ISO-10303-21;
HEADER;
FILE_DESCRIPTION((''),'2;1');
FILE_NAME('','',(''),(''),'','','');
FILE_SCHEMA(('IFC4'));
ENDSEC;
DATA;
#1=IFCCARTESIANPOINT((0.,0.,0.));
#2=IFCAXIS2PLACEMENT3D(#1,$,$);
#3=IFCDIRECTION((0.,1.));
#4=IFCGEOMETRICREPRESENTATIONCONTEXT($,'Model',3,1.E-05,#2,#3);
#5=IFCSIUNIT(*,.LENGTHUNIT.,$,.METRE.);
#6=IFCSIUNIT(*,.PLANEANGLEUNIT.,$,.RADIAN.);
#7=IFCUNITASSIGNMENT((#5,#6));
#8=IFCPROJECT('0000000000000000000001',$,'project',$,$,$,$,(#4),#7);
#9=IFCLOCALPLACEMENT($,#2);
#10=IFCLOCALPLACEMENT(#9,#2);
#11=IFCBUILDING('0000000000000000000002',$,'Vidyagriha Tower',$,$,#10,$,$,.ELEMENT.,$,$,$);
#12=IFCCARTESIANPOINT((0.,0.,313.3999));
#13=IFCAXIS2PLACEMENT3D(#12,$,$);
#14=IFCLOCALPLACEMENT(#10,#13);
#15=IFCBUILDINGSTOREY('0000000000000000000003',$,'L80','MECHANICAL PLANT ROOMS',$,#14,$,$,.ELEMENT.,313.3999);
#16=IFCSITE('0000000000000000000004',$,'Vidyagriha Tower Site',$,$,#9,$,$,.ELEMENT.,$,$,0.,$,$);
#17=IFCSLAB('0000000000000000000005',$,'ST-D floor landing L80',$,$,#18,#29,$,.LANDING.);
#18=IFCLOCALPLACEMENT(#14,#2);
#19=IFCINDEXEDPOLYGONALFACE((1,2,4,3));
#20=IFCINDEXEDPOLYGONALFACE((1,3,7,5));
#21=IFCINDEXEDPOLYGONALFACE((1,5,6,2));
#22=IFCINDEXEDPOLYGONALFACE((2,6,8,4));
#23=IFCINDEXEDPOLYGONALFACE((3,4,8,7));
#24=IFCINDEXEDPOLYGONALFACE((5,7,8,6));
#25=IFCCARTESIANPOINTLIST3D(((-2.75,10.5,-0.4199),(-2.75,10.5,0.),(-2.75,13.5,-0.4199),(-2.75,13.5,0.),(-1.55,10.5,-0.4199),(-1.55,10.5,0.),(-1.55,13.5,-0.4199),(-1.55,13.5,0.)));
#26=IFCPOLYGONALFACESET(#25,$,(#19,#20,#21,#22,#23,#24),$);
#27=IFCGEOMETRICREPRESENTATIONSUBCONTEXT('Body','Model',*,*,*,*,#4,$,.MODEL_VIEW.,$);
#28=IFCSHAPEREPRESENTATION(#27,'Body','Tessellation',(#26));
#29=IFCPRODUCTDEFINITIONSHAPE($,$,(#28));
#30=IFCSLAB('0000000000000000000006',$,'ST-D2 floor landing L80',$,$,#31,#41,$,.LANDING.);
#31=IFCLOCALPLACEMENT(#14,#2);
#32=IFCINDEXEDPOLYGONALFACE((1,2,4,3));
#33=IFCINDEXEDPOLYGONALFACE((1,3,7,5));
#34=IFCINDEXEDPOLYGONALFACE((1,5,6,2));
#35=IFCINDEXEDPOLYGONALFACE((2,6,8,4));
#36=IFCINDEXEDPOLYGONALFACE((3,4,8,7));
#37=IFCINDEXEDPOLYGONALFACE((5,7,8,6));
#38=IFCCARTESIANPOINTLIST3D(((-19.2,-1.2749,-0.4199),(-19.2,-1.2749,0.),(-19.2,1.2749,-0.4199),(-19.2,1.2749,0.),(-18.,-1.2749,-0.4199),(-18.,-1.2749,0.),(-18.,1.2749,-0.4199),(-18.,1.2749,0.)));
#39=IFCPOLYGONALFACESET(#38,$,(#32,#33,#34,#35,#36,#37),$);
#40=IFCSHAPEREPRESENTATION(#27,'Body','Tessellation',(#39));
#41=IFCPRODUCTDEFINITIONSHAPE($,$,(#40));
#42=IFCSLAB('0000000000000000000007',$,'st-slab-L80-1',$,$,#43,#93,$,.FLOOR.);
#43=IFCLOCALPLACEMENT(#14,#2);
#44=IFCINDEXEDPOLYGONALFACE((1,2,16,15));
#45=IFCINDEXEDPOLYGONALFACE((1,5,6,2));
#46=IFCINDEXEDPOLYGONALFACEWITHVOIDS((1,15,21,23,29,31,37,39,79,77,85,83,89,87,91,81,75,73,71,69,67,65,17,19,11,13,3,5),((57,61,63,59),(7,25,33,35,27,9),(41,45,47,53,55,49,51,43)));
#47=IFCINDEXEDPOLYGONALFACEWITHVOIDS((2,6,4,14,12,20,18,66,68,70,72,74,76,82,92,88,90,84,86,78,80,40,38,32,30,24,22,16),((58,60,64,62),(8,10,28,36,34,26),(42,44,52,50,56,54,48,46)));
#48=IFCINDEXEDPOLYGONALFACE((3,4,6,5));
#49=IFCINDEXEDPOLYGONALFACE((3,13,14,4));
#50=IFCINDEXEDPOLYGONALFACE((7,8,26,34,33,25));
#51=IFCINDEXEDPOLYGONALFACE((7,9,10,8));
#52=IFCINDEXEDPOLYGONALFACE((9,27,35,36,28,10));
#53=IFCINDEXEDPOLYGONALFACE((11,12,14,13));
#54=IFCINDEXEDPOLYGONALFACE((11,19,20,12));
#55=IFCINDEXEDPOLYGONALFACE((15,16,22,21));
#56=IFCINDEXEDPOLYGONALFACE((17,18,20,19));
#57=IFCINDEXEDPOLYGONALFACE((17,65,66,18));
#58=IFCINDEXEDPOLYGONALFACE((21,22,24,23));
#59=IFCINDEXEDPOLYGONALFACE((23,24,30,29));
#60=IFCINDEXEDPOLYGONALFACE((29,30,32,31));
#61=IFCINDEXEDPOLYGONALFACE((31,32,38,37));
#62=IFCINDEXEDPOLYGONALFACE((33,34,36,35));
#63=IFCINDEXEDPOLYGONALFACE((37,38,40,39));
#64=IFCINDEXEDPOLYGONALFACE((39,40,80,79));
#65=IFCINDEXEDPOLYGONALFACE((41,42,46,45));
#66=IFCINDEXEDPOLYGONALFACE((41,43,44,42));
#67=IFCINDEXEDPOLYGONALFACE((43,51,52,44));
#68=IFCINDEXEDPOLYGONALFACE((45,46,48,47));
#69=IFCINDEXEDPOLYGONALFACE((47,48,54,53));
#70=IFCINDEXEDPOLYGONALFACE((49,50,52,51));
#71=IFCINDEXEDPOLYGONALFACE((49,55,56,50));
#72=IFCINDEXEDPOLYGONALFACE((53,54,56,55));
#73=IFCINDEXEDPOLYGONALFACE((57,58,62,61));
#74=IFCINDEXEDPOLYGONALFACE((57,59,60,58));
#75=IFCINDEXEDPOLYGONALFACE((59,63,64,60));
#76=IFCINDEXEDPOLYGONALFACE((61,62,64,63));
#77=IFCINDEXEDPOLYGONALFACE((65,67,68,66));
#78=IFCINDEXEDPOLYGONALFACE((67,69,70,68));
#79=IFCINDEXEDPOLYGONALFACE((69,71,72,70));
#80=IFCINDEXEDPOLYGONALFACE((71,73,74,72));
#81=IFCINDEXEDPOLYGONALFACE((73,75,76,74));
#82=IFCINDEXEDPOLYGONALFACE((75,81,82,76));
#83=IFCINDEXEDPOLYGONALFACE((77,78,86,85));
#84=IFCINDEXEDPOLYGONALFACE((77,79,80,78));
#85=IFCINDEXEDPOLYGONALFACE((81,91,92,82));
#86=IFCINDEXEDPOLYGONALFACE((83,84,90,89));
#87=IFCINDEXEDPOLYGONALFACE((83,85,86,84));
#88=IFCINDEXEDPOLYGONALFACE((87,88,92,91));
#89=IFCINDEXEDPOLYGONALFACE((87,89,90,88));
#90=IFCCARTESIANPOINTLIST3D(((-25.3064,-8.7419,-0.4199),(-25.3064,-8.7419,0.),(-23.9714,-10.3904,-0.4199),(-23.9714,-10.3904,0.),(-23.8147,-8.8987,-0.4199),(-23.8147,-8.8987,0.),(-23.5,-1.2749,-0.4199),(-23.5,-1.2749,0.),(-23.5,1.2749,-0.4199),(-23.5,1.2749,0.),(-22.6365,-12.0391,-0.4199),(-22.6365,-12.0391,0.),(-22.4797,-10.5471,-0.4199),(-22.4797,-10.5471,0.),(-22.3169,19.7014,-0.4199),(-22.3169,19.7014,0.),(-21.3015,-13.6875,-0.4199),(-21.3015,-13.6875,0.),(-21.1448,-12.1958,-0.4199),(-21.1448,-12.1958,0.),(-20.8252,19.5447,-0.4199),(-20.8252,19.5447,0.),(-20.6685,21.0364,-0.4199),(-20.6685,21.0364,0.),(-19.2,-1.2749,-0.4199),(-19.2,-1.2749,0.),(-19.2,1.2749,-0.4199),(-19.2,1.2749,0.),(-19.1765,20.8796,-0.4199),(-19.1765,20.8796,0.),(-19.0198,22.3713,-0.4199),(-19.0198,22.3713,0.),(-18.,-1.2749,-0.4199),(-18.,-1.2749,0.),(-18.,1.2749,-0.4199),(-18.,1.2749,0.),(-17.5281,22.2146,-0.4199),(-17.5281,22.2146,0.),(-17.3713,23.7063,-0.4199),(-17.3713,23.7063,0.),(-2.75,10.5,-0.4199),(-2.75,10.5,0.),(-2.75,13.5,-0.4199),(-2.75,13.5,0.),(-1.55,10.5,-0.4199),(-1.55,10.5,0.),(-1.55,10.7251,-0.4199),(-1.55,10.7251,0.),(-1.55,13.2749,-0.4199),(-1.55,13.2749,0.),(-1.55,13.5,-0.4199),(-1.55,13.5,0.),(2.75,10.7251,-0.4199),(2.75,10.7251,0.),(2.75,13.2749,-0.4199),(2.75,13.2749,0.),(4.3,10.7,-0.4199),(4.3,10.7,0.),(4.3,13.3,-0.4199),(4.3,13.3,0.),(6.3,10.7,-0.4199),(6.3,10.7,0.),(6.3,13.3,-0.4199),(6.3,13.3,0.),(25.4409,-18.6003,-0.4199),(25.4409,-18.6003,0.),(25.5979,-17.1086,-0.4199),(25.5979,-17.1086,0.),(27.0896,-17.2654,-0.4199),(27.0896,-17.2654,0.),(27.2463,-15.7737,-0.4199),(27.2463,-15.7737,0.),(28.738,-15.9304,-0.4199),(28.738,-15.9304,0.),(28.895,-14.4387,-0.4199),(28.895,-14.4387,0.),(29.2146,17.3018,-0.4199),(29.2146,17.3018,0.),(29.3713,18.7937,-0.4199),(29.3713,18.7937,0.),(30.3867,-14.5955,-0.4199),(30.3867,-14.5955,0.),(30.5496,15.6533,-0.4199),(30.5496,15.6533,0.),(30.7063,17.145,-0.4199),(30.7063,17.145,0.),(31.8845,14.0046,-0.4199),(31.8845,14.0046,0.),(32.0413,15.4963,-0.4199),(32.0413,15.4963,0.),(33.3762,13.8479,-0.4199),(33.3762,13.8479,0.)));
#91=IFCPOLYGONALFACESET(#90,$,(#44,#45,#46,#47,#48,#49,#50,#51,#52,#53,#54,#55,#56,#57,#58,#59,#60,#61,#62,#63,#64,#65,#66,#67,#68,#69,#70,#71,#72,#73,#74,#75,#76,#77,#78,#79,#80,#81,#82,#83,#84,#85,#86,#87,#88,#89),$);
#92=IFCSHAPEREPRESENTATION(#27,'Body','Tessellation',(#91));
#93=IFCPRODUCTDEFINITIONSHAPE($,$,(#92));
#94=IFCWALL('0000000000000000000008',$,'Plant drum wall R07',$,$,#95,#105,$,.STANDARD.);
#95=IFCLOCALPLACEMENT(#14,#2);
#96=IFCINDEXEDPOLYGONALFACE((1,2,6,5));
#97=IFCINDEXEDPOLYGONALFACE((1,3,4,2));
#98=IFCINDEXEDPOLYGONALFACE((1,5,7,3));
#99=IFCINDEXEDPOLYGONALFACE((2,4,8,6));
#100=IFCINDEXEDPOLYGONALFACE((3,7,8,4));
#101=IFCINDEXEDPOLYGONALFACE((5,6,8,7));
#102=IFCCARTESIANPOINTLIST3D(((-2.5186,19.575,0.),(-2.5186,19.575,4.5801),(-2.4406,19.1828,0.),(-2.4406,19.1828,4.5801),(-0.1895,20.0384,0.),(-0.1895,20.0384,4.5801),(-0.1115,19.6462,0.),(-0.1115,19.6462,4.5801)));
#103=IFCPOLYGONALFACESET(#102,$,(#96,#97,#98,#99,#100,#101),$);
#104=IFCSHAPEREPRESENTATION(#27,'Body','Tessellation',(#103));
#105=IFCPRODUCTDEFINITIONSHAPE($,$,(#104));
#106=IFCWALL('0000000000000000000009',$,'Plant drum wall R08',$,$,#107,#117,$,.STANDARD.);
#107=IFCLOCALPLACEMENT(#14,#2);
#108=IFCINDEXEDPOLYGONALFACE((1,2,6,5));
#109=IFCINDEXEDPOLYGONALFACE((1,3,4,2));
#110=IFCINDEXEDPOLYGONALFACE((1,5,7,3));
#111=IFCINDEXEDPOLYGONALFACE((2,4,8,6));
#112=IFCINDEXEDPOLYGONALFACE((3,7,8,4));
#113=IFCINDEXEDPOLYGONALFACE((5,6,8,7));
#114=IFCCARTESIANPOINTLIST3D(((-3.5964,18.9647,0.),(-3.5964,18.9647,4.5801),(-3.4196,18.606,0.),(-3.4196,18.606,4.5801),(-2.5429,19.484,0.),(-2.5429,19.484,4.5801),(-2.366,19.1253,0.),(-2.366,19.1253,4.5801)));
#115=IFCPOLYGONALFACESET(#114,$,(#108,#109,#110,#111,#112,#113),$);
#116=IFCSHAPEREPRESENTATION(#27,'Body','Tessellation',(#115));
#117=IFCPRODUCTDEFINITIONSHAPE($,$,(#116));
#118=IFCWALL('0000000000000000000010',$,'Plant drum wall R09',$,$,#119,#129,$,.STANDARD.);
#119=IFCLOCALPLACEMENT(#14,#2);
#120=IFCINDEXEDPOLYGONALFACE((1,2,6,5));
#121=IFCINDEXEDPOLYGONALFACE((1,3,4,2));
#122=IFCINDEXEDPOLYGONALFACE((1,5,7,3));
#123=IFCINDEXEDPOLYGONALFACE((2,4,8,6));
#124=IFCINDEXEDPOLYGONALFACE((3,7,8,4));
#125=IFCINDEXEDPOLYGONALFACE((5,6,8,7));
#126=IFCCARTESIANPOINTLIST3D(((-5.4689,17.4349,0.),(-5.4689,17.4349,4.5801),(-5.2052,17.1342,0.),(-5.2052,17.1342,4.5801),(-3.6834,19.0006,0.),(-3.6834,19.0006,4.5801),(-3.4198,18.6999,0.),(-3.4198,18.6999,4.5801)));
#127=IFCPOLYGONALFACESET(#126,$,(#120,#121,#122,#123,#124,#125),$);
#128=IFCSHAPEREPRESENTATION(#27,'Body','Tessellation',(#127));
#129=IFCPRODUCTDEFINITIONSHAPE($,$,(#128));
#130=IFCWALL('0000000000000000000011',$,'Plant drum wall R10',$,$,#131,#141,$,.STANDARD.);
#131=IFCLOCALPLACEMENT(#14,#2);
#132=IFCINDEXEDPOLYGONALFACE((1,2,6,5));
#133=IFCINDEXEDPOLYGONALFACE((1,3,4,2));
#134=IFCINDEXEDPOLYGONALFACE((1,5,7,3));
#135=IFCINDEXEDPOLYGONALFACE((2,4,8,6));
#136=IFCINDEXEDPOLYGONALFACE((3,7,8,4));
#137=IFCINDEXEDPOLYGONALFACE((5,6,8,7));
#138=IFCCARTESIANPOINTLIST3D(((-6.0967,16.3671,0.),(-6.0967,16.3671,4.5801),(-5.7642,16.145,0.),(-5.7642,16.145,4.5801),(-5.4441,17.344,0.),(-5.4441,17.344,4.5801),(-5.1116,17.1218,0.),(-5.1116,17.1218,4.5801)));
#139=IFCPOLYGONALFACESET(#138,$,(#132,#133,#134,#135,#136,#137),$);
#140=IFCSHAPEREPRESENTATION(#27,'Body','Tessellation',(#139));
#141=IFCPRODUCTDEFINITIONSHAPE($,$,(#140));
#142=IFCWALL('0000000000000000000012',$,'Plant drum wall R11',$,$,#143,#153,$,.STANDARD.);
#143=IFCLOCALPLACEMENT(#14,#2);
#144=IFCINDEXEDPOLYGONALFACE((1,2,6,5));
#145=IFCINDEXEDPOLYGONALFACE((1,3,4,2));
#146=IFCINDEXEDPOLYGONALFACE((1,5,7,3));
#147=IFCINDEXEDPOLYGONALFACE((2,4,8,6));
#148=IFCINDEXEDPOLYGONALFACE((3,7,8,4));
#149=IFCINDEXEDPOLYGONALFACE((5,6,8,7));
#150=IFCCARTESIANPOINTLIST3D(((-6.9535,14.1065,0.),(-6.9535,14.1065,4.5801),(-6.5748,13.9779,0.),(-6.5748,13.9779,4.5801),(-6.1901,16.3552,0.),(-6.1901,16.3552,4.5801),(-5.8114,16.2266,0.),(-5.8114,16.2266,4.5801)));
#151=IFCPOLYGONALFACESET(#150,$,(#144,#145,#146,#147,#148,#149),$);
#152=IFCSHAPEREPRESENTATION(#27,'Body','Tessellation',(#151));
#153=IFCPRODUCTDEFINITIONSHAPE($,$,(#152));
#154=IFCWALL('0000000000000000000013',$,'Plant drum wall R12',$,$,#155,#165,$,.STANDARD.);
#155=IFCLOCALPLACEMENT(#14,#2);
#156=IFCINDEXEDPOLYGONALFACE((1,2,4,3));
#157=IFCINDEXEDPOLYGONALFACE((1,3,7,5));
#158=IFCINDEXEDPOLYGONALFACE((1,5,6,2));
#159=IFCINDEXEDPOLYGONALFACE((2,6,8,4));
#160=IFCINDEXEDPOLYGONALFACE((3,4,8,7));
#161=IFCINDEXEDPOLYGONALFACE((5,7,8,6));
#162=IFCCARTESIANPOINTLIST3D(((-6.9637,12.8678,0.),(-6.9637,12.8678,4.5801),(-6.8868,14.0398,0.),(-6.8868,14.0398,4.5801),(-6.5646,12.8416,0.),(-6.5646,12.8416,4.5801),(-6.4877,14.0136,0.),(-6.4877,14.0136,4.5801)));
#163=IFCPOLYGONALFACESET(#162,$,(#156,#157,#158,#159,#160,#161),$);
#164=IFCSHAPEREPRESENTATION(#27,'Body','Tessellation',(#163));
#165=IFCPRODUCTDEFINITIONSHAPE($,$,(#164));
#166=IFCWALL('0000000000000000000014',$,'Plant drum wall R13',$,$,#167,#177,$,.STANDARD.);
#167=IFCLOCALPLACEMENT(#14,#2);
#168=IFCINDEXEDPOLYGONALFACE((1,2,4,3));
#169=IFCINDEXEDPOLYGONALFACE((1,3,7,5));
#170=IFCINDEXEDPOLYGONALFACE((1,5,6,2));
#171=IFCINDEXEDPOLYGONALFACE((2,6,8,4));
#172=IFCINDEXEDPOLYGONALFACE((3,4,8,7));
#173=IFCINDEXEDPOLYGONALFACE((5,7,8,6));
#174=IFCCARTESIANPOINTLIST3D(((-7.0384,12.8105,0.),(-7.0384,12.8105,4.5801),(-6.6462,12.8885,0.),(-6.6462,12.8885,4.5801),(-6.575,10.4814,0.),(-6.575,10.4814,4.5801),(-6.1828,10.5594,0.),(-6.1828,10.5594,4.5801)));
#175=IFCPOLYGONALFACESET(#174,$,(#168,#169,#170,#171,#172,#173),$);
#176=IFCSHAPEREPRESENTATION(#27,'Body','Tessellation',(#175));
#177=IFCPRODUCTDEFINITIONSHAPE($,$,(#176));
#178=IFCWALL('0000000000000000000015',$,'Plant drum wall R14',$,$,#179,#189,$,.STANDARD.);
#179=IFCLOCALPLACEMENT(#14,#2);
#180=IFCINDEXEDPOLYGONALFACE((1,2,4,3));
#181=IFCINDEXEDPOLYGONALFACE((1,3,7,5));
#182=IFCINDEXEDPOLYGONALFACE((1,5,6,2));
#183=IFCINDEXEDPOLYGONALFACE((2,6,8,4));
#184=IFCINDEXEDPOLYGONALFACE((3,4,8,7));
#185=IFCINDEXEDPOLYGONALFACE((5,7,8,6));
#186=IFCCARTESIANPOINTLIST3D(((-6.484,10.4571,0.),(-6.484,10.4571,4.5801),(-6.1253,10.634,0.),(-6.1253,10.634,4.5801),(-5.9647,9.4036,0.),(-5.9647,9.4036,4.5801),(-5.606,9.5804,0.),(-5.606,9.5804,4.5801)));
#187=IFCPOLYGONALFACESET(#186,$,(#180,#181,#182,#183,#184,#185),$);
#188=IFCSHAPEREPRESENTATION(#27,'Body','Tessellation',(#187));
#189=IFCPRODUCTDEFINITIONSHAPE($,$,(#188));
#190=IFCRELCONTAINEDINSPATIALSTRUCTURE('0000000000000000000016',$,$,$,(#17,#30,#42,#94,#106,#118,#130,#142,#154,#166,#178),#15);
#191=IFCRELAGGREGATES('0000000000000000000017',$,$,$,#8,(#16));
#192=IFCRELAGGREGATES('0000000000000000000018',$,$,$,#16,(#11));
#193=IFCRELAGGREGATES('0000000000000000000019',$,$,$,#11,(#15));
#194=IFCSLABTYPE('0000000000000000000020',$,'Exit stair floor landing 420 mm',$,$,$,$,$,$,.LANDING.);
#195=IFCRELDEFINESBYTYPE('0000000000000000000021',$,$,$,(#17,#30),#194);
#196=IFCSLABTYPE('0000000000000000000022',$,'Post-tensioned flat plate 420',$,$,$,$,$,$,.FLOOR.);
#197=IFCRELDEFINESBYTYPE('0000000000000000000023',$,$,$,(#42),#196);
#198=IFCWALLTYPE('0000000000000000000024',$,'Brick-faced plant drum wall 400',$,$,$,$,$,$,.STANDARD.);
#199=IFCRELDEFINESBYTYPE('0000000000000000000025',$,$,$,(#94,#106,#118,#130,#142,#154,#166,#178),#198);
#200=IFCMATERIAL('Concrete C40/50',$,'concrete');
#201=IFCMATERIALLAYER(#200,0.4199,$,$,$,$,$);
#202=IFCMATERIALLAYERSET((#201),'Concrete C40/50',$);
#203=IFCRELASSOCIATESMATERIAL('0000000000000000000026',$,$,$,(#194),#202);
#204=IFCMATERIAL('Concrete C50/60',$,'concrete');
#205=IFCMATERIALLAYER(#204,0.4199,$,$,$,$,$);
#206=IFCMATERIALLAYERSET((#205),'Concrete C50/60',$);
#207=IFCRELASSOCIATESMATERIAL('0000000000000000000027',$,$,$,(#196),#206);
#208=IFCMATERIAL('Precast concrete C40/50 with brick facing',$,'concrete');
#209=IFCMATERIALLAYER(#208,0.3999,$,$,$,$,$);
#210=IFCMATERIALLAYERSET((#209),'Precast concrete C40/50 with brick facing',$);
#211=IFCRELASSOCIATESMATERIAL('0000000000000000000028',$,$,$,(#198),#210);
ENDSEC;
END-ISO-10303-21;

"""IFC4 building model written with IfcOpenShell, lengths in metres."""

from ifc_helpers import new_model, si_unit, direction, frame, frame_2d, origin, place, context, subcontext, project, spatial, polyline, rectangle, outline, extrude, material, layer, layer_set, type_object, element, save


model = new_model("IFC4")

# Units and contexts
model_context = context("Model", 3, precision=1e-05, world=origin(), true_north=direction((0.0, 1.0)))
body_context = subcontext(model_context, "Body", "Model", "MODEL_VIEW")
ifc_project = project(units=[si_unit("LENGTHUNIT", "METRE"), si_unit("PLANEANGLEUNIT", "RADIAN")], contexts=[model_context])

# Site, building, storey
site_placement = place(None, origin())
site = spatial("IfcSite", under=ifc_project, at=site_placement, Name="Vidyagriha Tower Site", CompositionType="ELEMENT", RefElevation=0.0)
building_placement = place(site_placement, origin())
building = spatial("IfcBuilding", under=site, at=building_placement, Name="Vidyagriha Tower", CompositionType="ELEMENT")
storey_placement = place(building_placement, frame((0.0, 0.0, 313.3999)))
storey = spatial("IfcBuildingStorey", under=building, at=storey_placement, Name="L80", Description="MECHANICAL PLANT ROOMS", CompositionType="ELEMENT", Elevation=313.3999)

# Slabs
ifc_material_1 = material(Name="Concrete C40/50", Category="concrete")
ifc_layer_1 = layer(ifc_material_1, 0.4199)
ifc_layer_set_1 = layer_set([ifc_layer_1], Name="Concrete C40/50")
slab_type_1 = type_object("IfcSlabType", Name="Exit stair floor landing 420 mm", PredefinedType="LANDING", material=ifc_layer_set_1)
slab_1_placement = place(storey_placement, frame((0.0, 0.0, -0.4199)))
element("IfcSlab", 1, at=slab_1_placement, inside=storey, type_object=slab_type_1, Name="ST-D floor landing L80", PredefinedType="LANDING", context=body_context, shape_type="SweptSolid", body=[
    extrude(outline(polyline([(-2.75, 10.5), (-1.55, 10.5), (-1.55, 13.5), (-2.75, 13.5), (-2.75, 10.5)])), origin(), (0.0, 0.0, 1.0), 0.4199),
])
slab_2_placement = place(storey_placement, frame((0.0, 0.0, -0.4199)))
element("IfcSlab", 2, at=slab_2_placement, inside=storey, type_object=slab_type_1, Name="ST-D2 floor landing L80", PredefinedType="LANDING", context=body_context, shape_type="SweptSolid", body=[
    extrude(outline(polyline([(-19.2, -1.2749), (-18.0, -1.2749), (-18.0, 1.2749), (-19.2, 1.2749), (-19.2, -1.2749)])), origin(), (0.0, 0.0, 1.0), 0.4199),
])
ifc_material_2 = material(Name="Concrete C50/60", Category="concrete")
ifc_layer_2 = layer(ifc_material_2, 0.4199)
ifc_layer_set_2 = layer_set([ifc_layer_2], Name="Concrete C50/60")
slab_type_2 = type_object("IfcSlabType", Name="Post-tensioned flat plate 420", PredefinedType="FLOOR", material=ifc_layer_set_2)
slab_3_placement = place(storey_placement, frame((0.0, 0.0, -0.4199)))
element("IfcSlab", 3, at=slab_3_placement, inside=storey, type_object=slab_type_2, Name="st-slab-L80-1", PredefinedType="FLOOR", context=body_context, shape_type="SweptSolid", body=[
    extrude(outline(polyline([(25.5979, -17.1086), (25.4409, -18.6003), (-21.3015, -13.6875), (-21.1448, -12.1958), (-22.6365, -12.0391), (-22.4797, -10.5471), (-23.9714, -10.3904), (-23.8147, -8.8987), (-25.3064, -8.7419), (-22.3169, 19.7014), (-20.8252, 19.5447), (-20.6685, 21.0364), (-19.1765, 20.8796), (-19.0198, 22.3713), (-17.5281, 22.2146), (-17.3713, 23.7063), (29.3713, 18.7937), (29.2146, 17.3018), (30.7063, 17.145), (30.5496, 15.6533), (32.0413, 15.4963), (31.8845, 14.0046), (33.3762, 13.8479), (30.3867, -14.5955), (28.895, -14.4387), (28.738, -15.9304), (27.2463, -15.7737), (27.0896, -17.2654), (25.5979, -17.1086)]), holes=[polyline([(2.75, 13.2749), (-1.55, 13.2749), (-1.55, 13.5), (-2.75, 13.5), (-2.75, 10.5), (-1.55, 10.5), (-1.55, 10.7251), (2.75, 10.7251), (2.75, 13.2749)]), polyline([(6.3, 10.7), (6.3, 13.3), (4.3, 13.3), (4.3, 10.7), (6.3, 10.7)]), polyline([(-23.5, -1.2749), (-19.2, -1.2749), (-18.0, -1.2749), (-18.0, 1.2749), (-19.2, 1.2749), (-23.5, 1.2749), (-23.5, -1.2749)])]), origin(), (0.0, 0.0, 1.0), 0.4199),
])

# Walls
ifc_material_3 = material(Name="Precast concrete C40/50 with brick facing", Category="concrete")
ifc_layer_3 = layer(ifc_material_3, 0.3999)
ifc_layer_set_3 = layer_set([ifc_layer_3], Name="Precast concrete C40/50 with brick facing")
wall_type_1 = type_object("IfcWallType", Name="Brick-faced plant drum wall 400", PredefinedType="STANDARD", material=ifc_layer_set_3)
wall_1_placement = place(storey_placement, frame((-0.1504, 19.8423, 0.0), z_axis=(0.0, 0.0, 1.0), x_axis=(-0.980778, -0.195128, 0.0)))
element("IfcWall", 4, at=wall_1_placement, inside=storey, type_object=wall_type_1, Name="Plant drum wall R07", PredefinedType="STANDARD", context=body_context, shape_type="SweptSolid", body=[
    extrude(rectangle(XDim=2.3748, YDim=0.3999, at=frame_2d((1.1875, 0.0))), origin(), (0.0, 0.0, 1.0), 4.5801),
])
wall_2_placement = place(storey_placement, frame((-2.4543, 19.3047, 0.0), z_axis=(0.0, 0.0, 1.0), x_axis=(-0.896949, -0.442134, 0.0)))
element("IfcWall", 5, at=wall_2_placement, inside=storey, type_object=wall_type_1, Name="Plant drum wall R08", PredefinedType="STANDARD", context=body_context, shape_type="SweptSolid", body=[
    extrude(rectangle(XDim=1.1746, YDim=0.3999, at=frame_2d((0.5874, 0.0))), origin(), (0.0, 0.0, 1.0), 4.5801),
])
wall_3_placement = place(storey_placement, frame((-3.5515, 18.8503, 0.0), z_axis=(0.0, 0.0, 1.0), x_axis=(-0.751857, -0.659327, 0.0)))
element("IfcWall", 6, at=wall_3_placement, inside=storey, type_object=wall_type_1, Name="Plant drum wall R09", PredefinedType="STANDARD", context=body_context, shape_type="SweptSolid", body=[
    extrude(rectangle(XDim=2.3748, YDim=0.3999, at=frame_2d((1.1875, 0.0))), origin(), (0.0, 0.0, 1.0), 4.5801),
])
wall_4_placement = place(storey_placement, frame((-5.2778, 17.2329, 0.0), z_axis=(0.0, 0.0, 1.0), x_axis=(-0.555515, -0.831506, 0.0)))
element("IfcWall", 7, at=wall_4_placement, inside=storey, type_object=wall_type_1, Name="Plant drum wall R10", PredefinedType="STANDARD", context=body_context, shape_type="SweptSolid", body=[
    extrude(rectangle(XDim=1.1748, YDim=0.3999, at=frame_2d((0.5874, 0.0))), origin(), (0.0, 0.0, 1.0), 4.5801),
])
wall_5_placement = place(storey_placement, frame((-6.0007, 16.291, 0.0), z_axis=(0.0, 0.0, 1.0), x_axis=(-0.321466, -0.946921, 0.0)))
element("IfcWall", 8, at=wall_5_placement, inside=storey, type_object=wall_type_1, Name="Plant drum wall R11", PredefinedType="STANDARD", context=body_context, shape_type="SweptSolid", body=[
    extrude(rectangle(XDim=2.3748, YDim=0.3999, at=frame_2d((1.1875, 0.0))), origin(), (0.0, 0.0, 1.0), 4.5801),
])
wall_6_placement = place(storey_placement, frame((-6.6873, 14.0269, 0.0), z_axis=(0.0, 0.0, 1.0), x_axis=(-0.065471, -0.997855, 0.0)))
element("IfcWall", 9, at=wall_6_placement, inside=storey, type_object=wall_type_1, Name="Plant drum wall R12", PredefinedType="STANDARD", context=body_context, shape_type="SweptSolid", body=[
    extrude(rectangle(XDim=1.1746, YDim=0.3999, at=frame_2d((0.5874, 0.0))), origin(), (0.0, 0.0, 1.0), 4.5801),
])
wall_7_placement = place(storey_placement, frame((-6.8423, 12.8496, 0.0), z_axis=(0.0, 0.0, 1.0), x_axis=(0.195128, -0.980778, 0.0)))
element("IfcWall", 10, at=wall_7_placement, inside=storey, type_object=wall_type_1, Name="Plant drum wall R13", PredefinedType="STANDARD", context=body_context, shape_type="SweptSolid", body=[
    extrude(rectangle(XDim=2.3748, YDim=0.3999, at=frame_2d((1.1875, 0.0))), origin(), (0.0, 0.0, 1.0), 4.5801),
])
wall_8_placement = place(storey_placement, frame((-6.3047, 10.5457, 0.0), z_axis=(0.0, 0.0, 1.0), x_axis=(0.442134, -0.896949, 0.0)))
element("IfcWall", 11, at=wall_8_placement, inside=storey, type_object=wall_type_1, Name="Plant drum wall R14", PredefinedType="STANDARD", context=body_context, shape_type="SweptSolid", body=[
    extrude(rectangle(XDim=1.1746, YDim=0.3999, at=frame_2d((0.5874, 0.0))), origin(), (0.0, 0.0, 1.0), 4.5801),
])

save(model, "model.ifc")
